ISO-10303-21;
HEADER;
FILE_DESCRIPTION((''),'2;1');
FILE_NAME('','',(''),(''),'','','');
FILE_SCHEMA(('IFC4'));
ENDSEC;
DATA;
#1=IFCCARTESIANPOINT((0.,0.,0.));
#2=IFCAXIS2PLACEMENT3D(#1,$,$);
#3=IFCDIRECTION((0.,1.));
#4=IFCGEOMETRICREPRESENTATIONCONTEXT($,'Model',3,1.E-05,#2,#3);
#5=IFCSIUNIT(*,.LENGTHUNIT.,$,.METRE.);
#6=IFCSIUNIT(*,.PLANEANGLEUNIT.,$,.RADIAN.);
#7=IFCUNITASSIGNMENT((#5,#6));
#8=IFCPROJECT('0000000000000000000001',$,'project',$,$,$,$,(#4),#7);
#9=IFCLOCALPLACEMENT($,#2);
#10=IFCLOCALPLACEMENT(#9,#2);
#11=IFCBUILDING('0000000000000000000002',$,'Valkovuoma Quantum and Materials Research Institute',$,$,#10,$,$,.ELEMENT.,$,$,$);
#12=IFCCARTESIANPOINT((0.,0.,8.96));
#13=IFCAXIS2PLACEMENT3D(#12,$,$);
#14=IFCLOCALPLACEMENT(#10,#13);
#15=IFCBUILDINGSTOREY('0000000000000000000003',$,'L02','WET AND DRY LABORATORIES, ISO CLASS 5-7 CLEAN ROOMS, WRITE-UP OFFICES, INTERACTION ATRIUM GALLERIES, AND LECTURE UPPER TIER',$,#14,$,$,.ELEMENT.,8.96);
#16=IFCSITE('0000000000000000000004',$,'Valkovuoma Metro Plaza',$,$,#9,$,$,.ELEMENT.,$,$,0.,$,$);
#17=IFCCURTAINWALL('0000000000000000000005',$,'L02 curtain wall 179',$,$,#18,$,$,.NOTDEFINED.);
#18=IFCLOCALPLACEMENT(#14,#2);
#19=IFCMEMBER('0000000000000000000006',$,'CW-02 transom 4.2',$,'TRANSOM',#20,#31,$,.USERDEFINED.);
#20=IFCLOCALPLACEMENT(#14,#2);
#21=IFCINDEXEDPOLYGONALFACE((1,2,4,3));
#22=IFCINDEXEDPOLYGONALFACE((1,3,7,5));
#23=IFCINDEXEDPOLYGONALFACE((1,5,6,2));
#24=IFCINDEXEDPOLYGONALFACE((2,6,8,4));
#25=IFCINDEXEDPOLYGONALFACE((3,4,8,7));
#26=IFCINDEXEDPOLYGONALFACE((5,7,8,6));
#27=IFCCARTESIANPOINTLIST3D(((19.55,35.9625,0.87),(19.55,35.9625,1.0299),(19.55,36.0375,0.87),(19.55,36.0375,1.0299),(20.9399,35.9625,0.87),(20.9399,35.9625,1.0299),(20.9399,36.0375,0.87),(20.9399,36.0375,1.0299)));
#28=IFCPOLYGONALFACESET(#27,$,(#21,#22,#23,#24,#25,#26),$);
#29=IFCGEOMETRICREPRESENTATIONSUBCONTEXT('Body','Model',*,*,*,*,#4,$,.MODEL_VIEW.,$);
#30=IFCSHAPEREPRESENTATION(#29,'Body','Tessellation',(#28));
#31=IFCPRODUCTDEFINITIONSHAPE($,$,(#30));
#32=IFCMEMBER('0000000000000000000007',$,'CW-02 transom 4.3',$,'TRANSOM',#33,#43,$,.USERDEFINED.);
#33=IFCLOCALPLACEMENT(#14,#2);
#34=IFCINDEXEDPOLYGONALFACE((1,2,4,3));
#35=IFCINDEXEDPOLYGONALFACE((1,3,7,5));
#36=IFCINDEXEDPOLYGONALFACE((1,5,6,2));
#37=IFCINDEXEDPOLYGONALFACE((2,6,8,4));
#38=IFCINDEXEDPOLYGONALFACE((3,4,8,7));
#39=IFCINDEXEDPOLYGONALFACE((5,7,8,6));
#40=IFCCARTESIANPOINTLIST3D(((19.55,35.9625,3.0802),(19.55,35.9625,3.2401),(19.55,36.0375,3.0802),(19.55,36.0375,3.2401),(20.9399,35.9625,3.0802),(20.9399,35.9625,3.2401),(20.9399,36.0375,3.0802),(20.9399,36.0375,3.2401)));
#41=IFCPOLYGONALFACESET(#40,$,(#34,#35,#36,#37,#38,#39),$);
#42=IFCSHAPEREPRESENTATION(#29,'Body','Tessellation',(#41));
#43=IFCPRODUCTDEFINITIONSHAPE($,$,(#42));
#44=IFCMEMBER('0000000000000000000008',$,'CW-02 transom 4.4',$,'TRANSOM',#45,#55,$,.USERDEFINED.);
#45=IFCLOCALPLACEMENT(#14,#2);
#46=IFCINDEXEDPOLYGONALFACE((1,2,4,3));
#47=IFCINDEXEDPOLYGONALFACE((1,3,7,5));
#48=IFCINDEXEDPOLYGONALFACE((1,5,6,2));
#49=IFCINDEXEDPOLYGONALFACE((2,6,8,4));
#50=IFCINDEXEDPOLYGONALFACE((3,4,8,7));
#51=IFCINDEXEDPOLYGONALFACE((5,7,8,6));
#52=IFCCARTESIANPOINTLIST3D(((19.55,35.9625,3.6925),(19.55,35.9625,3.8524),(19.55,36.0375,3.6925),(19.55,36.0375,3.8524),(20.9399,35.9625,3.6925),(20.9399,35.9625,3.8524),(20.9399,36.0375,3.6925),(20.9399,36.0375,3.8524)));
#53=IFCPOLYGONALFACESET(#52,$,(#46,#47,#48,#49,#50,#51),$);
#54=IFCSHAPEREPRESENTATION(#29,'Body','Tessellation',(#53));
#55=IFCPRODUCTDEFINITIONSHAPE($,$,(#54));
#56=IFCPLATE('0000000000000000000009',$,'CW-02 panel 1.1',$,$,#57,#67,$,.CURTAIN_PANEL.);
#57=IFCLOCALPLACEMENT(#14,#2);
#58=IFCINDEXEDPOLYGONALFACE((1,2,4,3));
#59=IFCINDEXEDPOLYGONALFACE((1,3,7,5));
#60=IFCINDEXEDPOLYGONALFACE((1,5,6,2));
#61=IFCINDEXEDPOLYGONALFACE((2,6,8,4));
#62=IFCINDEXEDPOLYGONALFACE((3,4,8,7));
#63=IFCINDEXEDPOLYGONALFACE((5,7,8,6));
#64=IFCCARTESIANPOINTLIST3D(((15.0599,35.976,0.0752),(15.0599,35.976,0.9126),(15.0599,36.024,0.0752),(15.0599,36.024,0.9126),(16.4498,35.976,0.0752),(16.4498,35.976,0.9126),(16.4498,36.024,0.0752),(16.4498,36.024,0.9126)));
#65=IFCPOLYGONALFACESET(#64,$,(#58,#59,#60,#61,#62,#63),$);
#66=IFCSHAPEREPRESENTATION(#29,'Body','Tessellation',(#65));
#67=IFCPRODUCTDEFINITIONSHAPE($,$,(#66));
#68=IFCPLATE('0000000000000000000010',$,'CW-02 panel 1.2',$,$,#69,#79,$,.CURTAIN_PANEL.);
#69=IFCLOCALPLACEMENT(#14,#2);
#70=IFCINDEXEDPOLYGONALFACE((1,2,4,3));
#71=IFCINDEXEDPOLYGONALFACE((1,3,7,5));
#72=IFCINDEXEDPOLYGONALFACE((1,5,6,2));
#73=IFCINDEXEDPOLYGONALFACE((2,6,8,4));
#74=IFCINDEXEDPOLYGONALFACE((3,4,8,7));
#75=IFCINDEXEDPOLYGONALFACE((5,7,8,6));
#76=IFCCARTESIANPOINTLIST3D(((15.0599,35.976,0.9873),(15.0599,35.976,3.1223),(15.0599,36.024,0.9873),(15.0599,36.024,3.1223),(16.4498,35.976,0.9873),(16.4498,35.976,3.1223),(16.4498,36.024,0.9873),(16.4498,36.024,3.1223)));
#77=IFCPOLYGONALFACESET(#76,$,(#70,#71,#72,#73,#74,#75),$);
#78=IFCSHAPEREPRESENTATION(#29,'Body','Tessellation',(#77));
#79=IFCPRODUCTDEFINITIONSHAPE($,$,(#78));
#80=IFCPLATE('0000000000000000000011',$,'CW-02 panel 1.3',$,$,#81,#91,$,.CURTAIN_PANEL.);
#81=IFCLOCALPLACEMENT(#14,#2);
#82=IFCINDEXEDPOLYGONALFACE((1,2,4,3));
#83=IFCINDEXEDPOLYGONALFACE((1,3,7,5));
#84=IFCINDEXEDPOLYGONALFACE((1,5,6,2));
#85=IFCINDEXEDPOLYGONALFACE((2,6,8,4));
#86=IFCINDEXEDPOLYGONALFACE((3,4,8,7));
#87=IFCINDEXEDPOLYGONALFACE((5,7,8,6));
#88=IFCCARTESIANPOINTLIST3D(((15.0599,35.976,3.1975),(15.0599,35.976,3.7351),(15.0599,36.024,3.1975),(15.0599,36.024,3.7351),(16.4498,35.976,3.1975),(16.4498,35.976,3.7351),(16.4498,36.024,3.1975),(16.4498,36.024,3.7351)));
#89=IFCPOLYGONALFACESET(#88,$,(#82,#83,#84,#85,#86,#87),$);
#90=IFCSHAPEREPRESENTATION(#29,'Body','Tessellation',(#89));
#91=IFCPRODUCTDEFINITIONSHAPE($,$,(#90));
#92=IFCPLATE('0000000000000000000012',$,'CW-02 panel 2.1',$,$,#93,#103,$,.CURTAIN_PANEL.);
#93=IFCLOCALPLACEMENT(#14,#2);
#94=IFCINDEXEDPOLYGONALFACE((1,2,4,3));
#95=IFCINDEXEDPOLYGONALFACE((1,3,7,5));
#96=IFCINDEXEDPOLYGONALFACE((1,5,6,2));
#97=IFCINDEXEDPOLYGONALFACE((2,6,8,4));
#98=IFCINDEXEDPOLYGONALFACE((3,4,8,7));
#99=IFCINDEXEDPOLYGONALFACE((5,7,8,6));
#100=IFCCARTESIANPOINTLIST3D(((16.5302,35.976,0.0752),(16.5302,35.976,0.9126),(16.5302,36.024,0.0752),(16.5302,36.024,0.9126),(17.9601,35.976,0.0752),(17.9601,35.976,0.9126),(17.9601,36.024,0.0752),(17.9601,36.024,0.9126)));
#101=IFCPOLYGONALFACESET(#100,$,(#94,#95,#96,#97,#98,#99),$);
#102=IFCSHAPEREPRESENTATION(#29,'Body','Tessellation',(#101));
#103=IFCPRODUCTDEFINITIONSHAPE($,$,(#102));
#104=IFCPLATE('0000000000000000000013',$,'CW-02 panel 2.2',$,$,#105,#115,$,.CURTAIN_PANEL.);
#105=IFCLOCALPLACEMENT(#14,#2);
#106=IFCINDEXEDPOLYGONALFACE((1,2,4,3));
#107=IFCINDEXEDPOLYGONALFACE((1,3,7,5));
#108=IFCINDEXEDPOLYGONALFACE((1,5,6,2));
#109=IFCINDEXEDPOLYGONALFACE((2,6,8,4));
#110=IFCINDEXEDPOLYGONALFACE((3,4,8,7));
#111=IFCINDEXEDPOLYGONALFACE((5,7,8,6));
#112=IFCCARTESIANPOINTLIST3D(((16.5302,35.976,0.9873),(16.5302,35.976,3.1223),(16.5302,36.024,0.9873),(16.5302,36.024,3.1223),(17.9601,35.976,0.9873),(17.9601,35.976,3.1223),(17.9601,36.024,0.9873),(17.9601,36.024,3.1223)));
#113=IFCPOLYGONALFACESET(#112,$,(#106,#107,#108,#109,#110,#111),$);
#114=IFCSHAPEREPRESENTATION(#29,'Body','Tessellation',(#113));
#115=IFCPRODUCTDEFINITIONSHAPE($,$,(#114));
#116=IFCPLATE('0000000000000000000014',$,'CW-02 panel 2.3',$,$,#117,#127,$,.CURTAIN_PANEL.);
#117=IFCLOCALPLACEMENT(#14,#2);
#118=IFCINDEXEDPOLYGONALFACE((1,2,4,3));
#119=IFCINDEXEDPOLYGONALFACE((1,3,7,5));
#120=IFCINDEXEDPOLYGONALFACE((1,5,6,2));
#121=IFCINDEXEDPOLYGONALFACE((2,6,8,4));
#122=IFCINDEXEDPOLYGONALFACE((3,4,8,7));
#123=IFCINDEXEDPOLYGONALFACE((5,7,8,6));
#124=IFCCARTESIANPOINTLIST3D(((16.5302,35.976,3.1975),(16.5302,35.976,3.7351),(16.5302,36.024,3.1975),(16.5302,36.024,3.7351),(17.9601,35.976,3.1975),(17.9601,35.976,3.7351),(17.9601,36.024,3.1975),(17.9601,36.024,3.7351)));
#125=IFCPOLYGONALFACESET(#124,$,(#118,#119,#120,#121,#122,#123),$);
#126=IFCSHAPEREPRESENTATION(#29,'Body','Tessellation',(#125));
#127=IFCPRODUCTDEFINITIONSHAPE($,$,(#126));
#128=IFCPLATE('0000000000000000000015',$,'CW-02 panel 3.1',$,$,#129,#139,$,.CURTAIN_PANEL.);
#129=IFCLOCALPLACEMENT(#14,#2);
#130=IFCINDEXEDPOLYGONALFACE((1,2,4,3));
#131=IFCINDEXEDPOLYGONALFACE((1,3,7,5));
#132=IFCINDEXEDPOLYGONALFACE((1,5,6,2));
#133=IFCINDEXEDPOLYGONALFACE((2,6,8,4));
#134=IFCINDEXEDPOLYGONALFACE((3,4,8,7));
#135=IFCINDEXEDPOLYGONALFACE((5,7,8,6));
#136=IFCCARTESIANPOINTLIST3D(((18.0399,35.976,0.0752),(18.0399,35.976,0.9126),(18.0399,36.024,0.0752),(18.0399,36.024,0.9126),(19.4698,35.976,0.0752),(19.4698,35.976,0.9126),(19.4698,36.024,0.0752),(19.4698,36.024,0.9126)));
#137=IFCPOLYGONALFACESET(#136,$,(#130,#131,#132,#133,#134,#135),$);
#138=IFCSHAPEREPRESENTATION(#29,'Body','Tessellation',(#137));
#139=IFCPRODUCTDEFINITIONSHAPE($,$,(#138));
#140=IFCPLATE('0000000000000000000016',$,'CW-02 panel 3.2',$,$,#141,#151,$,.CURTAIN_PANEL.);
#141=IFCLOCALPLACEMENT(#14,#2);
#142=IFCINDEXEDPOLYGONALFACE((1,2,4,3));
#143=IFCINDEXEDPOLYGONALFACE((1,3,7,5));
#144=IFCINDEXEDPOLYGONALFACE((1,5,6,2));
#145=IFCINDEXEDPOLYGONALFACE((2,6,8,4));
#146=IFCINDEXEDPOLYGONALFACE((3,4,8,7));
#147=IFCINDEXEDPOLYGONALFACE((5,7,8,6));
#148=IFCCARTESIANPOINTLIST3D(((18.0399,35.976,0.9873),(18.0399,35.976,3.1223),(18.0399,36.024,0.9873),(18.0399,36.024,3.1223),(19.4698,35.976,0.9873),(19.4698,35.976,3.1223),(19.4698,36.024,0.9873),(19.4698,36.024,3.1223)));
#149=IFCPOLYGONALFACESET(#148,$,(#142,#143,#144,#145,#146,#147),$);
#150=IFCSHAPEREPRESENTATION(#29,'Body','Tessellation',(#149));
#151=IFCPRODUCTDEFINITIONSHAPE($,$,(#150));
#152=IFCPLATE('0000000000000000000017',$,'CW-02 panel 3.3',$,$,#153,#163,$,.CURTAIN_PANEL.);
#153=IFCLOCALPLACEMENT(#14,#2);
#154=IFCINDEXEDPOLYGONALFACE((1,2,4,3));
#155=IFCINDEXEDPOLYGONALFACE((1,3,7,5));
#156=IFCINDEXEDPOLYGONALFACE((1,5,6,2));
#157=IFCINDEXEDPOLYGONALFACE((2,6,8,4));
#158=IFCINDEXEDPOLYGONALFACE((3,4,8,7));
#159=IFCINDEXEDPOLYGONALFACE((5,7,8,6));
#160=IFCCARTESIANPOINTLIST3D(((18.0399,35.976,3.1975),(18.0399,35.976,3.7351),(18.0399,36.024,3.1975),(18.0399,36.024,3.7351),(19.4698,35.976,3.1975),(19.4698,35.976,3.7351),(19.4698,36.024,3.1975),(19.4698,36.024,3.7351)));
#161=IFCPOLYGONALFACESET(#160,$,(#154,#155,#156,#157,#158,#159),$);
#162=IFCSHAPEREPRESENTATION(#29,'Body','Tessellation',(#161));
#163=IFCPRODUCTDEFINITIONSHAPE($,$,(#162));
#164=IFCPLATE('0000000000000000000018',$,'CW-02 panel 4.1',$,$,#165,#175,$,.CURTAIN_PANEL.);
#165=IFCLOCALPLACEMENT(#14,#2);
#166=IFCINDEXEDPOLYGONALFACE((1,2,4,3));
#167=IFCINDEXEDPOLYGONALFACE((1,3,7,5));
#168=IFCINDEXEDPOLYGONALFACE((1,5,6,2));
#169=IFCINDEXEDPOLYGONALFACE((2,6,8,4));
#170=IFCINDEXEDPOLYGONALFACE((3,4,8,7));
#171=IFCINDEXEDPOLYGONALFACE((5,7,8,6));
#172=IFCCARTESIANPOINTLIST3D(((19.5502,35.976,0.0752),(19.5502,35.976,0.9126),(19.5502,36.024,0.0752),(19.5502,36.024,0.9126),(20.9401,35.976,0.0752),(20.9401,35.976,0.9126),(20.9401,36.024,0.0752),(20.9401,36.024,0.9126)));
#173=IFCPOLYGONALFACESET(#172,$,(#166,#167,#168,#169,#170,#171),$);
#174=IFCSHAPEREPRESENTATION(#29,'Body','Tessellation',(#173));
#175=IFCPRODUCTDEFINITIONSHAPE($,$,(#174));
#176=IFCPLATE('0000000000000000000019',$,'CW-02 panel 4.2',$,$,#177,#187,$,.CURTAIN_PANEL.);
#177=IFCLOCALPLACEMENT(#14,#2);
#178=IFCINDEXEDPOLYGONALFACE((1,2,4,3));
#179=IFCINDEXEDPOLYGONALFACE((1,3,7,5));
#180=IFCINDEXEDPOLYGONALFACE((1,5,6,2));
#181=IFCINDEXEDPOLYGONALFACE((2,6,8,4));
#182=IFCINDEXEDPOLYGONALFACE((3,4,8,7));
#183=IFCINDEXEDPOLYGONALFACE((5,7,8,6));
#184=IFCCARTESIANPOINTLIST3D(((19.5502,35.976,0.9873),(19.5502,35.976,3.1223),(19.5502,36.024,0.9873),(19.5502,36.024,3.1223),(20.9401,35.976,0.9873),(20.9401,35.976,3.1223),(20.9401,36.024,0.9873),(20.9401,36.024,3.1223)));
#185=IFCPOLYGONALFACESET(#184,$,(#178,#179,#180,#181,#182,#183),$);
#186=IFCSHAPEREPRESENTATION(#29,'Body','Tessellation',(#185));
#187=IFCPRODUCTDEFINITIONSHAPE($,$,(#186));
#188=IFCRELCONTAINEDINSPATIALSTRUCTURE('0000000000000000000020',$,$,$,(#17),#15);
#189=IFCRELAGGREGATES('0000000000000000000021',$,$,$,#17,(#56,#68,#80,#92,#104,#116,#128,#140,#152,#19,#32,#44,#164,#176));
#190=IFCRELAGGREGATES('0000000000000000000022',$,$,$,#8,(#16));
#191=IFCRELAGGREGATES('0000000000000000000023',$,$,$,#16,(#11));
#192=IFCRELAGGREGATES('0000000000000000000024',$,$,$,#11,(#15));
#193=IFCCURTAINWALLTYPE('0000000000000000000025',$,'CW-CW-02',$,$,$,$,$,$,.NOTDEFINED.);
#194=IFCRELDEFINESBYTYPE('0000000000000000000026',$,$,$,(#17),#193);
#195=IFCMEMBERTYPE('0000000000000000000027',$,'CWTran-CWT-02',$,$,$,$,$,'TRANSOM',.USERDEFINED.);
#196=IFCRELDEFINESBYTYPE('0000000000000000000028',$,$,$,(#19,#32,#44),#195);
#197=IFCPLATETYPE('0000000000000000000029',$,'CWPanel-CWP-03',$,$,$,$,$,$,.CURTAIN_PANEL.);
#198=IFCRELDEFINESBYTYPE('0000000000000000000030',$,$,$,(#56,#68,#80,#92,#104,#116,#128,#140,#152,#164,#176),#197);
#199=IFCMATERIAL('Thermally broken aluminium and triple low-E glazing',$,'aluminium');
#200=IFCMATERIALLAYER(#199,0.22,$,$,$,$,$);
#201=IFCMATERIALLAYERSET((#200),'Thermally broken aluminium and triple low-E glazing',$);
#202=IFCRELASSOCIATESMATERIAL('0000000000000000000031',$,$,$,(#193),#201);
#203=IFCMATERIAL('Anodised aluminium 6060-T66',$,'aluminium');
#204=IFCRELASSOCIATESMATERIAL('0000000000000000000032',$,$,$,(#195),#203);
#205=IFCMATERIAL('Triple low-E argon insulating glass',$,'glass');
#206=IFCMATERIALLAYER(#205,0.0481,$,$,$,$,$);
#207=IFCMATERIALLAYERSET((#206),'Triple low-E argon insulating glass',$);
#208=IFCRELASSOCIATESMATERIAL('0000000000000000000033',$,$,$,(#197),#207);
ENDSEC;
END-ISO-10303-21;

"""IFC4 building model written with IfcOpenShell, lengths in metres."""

from ifc_helpers import new_model, si_unit, direction, frame, origin, origin_2d, place, context, subcontext, project, spatial, rectangle, extrude, material, layer, layer_set, material_profile, profile_set, type_object, element, aggregate, save


model = new_model("IFC4")

# Units and contexts
model_context = context("Model", 3, precision=1e-05, world=origin(), true_north=direction((0.0, 1.0)))
body_context = subcontext(model_context, "Body", "Model", "MODEL_VIEW")
ifc_project = project(units=[si_unit("LENGTHUNIT", "METRE"), si_unit("PLANEANGLEUNIT", "RADIAN")], contexts=[model_context])

# Site, building, storey
site_placement = place(None, origin())
site = spatial("IfcSite", under=ifc_project, at=site_placement, Name="Valkovuoma Metro Plaza", CompositionType="ELEMENT", RefElevation=0.0)
building_placement = place(site_placement, origin())
building = spatial("IfcBuilding", under=site, at=building_placement, Name="Valkovuoma Quantum and Materials Research Institute", CompositionType="ELEMENT")
storey_placement = place(building_placement, frame((0.0, 0.0, 8.96)))
storey = spatial("IfcBuildingStorey", under=building, at=storey_placement, Name="L02", Description="WET AND DRY LABORATORIES, ISO CLASS 5-7 CLEAN ROOMS, WRITE-UP OFFICES, INTERACTION ATRIUM GALLERIES, AND LECTURE UPPER TIER", CompositionType="ELEMENT", Elevation=8.96)

# Curtain wall, members, plates
ifc_material_1 = material(Name="Thermally broken aluminium and triple low-E glazing", Category="aluminium")
ifc_layer_1 = layer(ifc_material_1, 0.22)
ifc_layer_set_1 = layer_set([ifc_layer_1], Name="Thermally broken aluminium and triple low-E glazing")
curtain_wall_type = type_object("IfcCurtainWallType", Name="CW-CW-02", PredefinedType="NOTDEFINED", material=ifc_layer_set_1)
curtain_wall_placement = place(storey_placement, origin())
curtain_wall = element("IfcCurtainWall", 1, at=curtain_wall_placement, inside=storey, type_object=curtain_wall_type, Name="L02 curtain wall 179", PredefinedType="NOTDEFINED")
ifc_material_2 = material(Name="Anodised aluminium 6060-T66", Category="aluminium")
ifc_material_profile_1 = material_profile(ifc_material_2, rectangle(XDim=0.075, YDim=0.1599, at=origin_2d()), Name="Anodised aluminium 6060-T66")
ifc_profile_set_1 = profile_set([ifc_material_profile_1], Name="Anodised aluminium 6060-T66")
member_type_1 = type_object("IfcMemberType", Name="CWTran-CWT-02", ElementType="TRANSOM", PredefinedType="USERDEFINED", material=ifc_profile_set_1)
member_1_placement = place(storey_placement, frame((19.55, 36.0, 0.95), z_axis=(1.0, 0.0, 0.0), x_axis=(0.0, 1.0, 0.0)))
member_1 = element("IfcMember", 2, at=member_1_placement, type_object=member_type_1, Name="CW-02 transom 4.2", ObjectType="TRANSOM", PredefinedType="USERDEFINED", context=body_context, shape_type="SweptSolid", body=[
    extrude(rectangle(XDim=0.075, YDim=0.1599, at=origin_2d()), origin(), (0.0, 0.0, 1.0), 1.3899),
])
member_2_placement = place(storey_placement, frame((19.55, 36.0, 3.1602), z_axis=(1.0, 0.0, 0.0), x_axis=(0.0, 1.0, 0.0)))
member_2 = element("IfcMember", 3, at=member_2_placement, type_object=member_type_1, Name="CW-02 transom 4.3", ObjectType="TRANSOM", PredefinedType="USERDEFINED", context=body_context, shape_type="SweptSolid", body=[
    extrude(rectangle(XDim=0.075, YDim=0.1599, at=origin_2d()), origin(), (0.0, 0.0, 1.0), 1.3899),
])
member_3_placement = place(storey_placement, frame((19.55, 36.0, 3.7725), z_axis=(1.0, 0.0, 0.0), x_axis=(0.0, 1.0, 0.0)))
member_3 = element("IfcMember", 4, at=member_3_placement, type_object=member_type_1, Name="CW-02 transom 4.4", ObjectType="TRANSOM", PredefinedType="USERDEFINED", context=body_context, shape_type="SweptSolid", body=[
    extrude(rectangle(XDim=0.075, YDim=0.1599, at=origin_2d()), origin(), (0.0, 0.0, 1.0), 1.3899),
])
ifc_material_3 = material(Name="Triple low-E argon insulating glass", Category="glass")
ifc_layer_2 = layer(ifc_material_3, 0.0481)
ifc_layer_set_2 = layer_set([ifc_layer_2], Name="Triple low-E argon insulating glass")
plate_type = type_object("IfcPlateType", Name="CWPanel-CWP-03", PredefinedType="CURTAIN_PANEL", material=ifc_layer_set_2)
plate_1_placement = place(storey_placement, frame((15.7549, 36.0, 0.0752), z_axis=(0.0, 0.0, 1.0), x_axis=(1.0, 0.0, 0.0)))
plate_1 = element("IfcPlate", 5, at=plate_1_placement, type_object=plate_type, Name="CW-02 panel 1.1", PredefinedType="CURTAIN_PANEL", context=body_context, shape_type="SweptSolid", body=[
    extrude(rectangle(XDim=1.3899, YDim=0.0481, at=origin_2d()), origin(), (0.0, 0.0, 1.0), 0.8374),
])
plate_2_placement = place(storey_placement, frame((15.7549, 36.0, 0.9873), z_axis=(0.0, 0.0, 1.0), x_axis=(1.0, 0.0, 0.0)))
plate_2 = element("IfcPlate", 6, at=plate_2_placement, type_object=plate_type, Name="CW-02 panel 1.2", PredefinedType="CURTAIN_PANEL", context=body_context, shape_type="SweptSolid", body=[
    extrude(rectangle(XDim=1.3899, YDim=0.0481, at=origin_2d()), origin(), (0.0, 0.0, 1.0), 2.135),
])
plate_3_placement = place(storey_placement, frame((15.7549, 36.0, 3.1975), z_axis=(0.0, 0.0, 1.0), x_axis=(1.0, 0.0, 0.0)))
plate_3 = element("IfcPlate", 7, at=plate_3_placement, type_object=plate_type, Name="CW-02 panel 1.3", PredefinedType="CURTAIN_PANEL", context=body_context, shape_type="SweptSolid", body=[
    extrude(rectangle(XDim=1.3899, YDim=0.0481, at=origin_2d()), origin(), (0.0, 0.0, 1.0), 0.5376),
])
plate_4_placement = place(storey_placement, frame((17.2451, 36.0, 0.0752), z_axis=(0.0, 0.0, 1.0), x_axis=(1.0, 0.0, 0.0)))
plate_4 = element("IfcPlate", 8, at=plate_4_placement, type_object=plate_type, Name="CW-02 panel 2.1", PredefinedType="CURTAIN_PANEL", context=body_context, shape_type="SweptSolid", body=[
    extrude(rectangle(XDim=1.4299, YDim=0.0481, at=origin_2d()), origin(), (0.0, 0.0, 1.0), 0.8374),
])
plate_5_placement = place(storey_placement, frame((17.2451, 36.0, 0.9873), z_axis=(0.0, 0.0, 1.0), x_axis=(1.0, 0.0, 0.0)))
plate_5 = element("IfcPlate", 9, at=plate_5_placement, type_object=plate_type, Name="CW-02 panel 2.2", PredefinedType="CURTAIN_PANEL", context=body_context, shape_type="SweptSolid", body=[
    extrude(rectangle(XDim=1.4299, YDim=0.0481, at=origin_2d()), origin(), (0.0, 0.0, 1.0), 2.135),
])
plate_6_placement = place(storey_placement, frame((17.2451, 36.0, 3.1975), z_axis=(0.0, 0.0, 1.0), x_axis=(1.0, 0.0, 0.0)))
plate_6 = element("IfcPlate", 10, at=plate_6_placement, type_object=plate_type, Name="CW-02 panel 2.3", PredefinedType="CURTAIN_PANEL", context=body_context, shape_type="SweptSolid", body=[
    extrude(rectangle(XDim=1.4299, YDim=0.0481, at=origin_2d()), origin(), (0.0, 0.0, 1.0), 0.5376),
])
plate_7_placement = place(storey_placement, frame((18.7549, 36.0, 0.0752), z_axis=(0.0, 0.0, 1.0), x_axis=(1.0, 0.0, 0.0)))
plate_7 = element("IfcPlate", 11, at=plate_7_placement, type_object=plate_type, Name="CW-02 panel 3.1", PredefinedType="CURTAIN_PANEL", context=body_context, shape_type="SweptSolid", body=[
    extrude(rectangle(XDim=1.4299, YDim=0.0481, at=origin_2d()), origin(), (0.0, 0.0, 1.0), 0.8374),
])
plate_8_placement = place(storey_placement, frame((18.7549, 36.0, 0.9873), z_axis=(0.0, 0.0, 1.0), x_axis=(1.0, 0.0, 0.0)))
plate_8 = element("IfcPlate", 12, at=plate_8_placement, type_object=plate_type, Name="CW-02 panel 3.2", PredefinedType="CURTAIN_PANEL", context=body_context, shape_type="SweptSolid", body=[
    extrude(rectangle(XDim=1.4299, YDim=0.0481, at=origin_2d()), origin(), (0.0, 0.0, 1.0), 2.135),
])
plate_9_placement = place(storey_placement, frame((18.7549, 36.0, 3.1975), z_axis=(0.0, 0.0, 1.0), x_axis=(1.0, 0.0, 0.0)))
plate_9 = element("IfcPlate", 13, at=plate_9_placement, type_object=plate_type, Name="CW-02 panel 3.3", PredefinedType="CURTAIN_PANEL", context=body_context, shape_type="SweptSolid", body=[
    extrude(rectangle(XDim=1.4299, YDim=0.0481, at=origin_2d()), origin(), (0.0, 0.0, 1.0), 0.5376),
])
plate_10_placement = place(storey_placement, frame((20.2451, 36.0, 0.0752), z_axis=(0.0, 0.0, 1.0), x_axis=(1.0, 0.0, 0.0)))
plate_10 = element("IfcPlate", 14, at=plate_10_placement, type_object=plate_type, Name="CW-02 panel 4.1", PredefinedType="CURTAIN_PANEL", context=body_context, shape_type="SweptSolid", body=[
    extrude(rectangle(XDim=1.3899, YDim=0.0481, at=origin_2d()), origin(), (0.0, 0.0, 1.0), 0.8374),
])
plate_11_placement = place(storey_placement, frame((20.2451, 36.0, 0.9873), z_axis=(0.0, 0.0, 1.0), x_axis=(1.0, 0.0, 0.0)))
plate_11 = element("IfcPlate", 15, at=plate_11_placement, type_object=plate_type, Name="CW-02 panel 4.2", PredefinedType="CURTAIN_PANEL", context=body_context, shape_type="SweptSolid", body=[
    extrude(rectangle(XDim=1.3899, YDim=0.0481, at=origin_2d()), origin(), (0.0, 0.0, 1.0), 2.135),
])
aggregate(curtain_wall, [plate_1, plate_2, plate_3, plate_4, plate_5, plate_6, plate_7, plate_8, plate_9, member_1, member_2, member_3, plate_10, plate_11])

save(model, "model.ifc")
